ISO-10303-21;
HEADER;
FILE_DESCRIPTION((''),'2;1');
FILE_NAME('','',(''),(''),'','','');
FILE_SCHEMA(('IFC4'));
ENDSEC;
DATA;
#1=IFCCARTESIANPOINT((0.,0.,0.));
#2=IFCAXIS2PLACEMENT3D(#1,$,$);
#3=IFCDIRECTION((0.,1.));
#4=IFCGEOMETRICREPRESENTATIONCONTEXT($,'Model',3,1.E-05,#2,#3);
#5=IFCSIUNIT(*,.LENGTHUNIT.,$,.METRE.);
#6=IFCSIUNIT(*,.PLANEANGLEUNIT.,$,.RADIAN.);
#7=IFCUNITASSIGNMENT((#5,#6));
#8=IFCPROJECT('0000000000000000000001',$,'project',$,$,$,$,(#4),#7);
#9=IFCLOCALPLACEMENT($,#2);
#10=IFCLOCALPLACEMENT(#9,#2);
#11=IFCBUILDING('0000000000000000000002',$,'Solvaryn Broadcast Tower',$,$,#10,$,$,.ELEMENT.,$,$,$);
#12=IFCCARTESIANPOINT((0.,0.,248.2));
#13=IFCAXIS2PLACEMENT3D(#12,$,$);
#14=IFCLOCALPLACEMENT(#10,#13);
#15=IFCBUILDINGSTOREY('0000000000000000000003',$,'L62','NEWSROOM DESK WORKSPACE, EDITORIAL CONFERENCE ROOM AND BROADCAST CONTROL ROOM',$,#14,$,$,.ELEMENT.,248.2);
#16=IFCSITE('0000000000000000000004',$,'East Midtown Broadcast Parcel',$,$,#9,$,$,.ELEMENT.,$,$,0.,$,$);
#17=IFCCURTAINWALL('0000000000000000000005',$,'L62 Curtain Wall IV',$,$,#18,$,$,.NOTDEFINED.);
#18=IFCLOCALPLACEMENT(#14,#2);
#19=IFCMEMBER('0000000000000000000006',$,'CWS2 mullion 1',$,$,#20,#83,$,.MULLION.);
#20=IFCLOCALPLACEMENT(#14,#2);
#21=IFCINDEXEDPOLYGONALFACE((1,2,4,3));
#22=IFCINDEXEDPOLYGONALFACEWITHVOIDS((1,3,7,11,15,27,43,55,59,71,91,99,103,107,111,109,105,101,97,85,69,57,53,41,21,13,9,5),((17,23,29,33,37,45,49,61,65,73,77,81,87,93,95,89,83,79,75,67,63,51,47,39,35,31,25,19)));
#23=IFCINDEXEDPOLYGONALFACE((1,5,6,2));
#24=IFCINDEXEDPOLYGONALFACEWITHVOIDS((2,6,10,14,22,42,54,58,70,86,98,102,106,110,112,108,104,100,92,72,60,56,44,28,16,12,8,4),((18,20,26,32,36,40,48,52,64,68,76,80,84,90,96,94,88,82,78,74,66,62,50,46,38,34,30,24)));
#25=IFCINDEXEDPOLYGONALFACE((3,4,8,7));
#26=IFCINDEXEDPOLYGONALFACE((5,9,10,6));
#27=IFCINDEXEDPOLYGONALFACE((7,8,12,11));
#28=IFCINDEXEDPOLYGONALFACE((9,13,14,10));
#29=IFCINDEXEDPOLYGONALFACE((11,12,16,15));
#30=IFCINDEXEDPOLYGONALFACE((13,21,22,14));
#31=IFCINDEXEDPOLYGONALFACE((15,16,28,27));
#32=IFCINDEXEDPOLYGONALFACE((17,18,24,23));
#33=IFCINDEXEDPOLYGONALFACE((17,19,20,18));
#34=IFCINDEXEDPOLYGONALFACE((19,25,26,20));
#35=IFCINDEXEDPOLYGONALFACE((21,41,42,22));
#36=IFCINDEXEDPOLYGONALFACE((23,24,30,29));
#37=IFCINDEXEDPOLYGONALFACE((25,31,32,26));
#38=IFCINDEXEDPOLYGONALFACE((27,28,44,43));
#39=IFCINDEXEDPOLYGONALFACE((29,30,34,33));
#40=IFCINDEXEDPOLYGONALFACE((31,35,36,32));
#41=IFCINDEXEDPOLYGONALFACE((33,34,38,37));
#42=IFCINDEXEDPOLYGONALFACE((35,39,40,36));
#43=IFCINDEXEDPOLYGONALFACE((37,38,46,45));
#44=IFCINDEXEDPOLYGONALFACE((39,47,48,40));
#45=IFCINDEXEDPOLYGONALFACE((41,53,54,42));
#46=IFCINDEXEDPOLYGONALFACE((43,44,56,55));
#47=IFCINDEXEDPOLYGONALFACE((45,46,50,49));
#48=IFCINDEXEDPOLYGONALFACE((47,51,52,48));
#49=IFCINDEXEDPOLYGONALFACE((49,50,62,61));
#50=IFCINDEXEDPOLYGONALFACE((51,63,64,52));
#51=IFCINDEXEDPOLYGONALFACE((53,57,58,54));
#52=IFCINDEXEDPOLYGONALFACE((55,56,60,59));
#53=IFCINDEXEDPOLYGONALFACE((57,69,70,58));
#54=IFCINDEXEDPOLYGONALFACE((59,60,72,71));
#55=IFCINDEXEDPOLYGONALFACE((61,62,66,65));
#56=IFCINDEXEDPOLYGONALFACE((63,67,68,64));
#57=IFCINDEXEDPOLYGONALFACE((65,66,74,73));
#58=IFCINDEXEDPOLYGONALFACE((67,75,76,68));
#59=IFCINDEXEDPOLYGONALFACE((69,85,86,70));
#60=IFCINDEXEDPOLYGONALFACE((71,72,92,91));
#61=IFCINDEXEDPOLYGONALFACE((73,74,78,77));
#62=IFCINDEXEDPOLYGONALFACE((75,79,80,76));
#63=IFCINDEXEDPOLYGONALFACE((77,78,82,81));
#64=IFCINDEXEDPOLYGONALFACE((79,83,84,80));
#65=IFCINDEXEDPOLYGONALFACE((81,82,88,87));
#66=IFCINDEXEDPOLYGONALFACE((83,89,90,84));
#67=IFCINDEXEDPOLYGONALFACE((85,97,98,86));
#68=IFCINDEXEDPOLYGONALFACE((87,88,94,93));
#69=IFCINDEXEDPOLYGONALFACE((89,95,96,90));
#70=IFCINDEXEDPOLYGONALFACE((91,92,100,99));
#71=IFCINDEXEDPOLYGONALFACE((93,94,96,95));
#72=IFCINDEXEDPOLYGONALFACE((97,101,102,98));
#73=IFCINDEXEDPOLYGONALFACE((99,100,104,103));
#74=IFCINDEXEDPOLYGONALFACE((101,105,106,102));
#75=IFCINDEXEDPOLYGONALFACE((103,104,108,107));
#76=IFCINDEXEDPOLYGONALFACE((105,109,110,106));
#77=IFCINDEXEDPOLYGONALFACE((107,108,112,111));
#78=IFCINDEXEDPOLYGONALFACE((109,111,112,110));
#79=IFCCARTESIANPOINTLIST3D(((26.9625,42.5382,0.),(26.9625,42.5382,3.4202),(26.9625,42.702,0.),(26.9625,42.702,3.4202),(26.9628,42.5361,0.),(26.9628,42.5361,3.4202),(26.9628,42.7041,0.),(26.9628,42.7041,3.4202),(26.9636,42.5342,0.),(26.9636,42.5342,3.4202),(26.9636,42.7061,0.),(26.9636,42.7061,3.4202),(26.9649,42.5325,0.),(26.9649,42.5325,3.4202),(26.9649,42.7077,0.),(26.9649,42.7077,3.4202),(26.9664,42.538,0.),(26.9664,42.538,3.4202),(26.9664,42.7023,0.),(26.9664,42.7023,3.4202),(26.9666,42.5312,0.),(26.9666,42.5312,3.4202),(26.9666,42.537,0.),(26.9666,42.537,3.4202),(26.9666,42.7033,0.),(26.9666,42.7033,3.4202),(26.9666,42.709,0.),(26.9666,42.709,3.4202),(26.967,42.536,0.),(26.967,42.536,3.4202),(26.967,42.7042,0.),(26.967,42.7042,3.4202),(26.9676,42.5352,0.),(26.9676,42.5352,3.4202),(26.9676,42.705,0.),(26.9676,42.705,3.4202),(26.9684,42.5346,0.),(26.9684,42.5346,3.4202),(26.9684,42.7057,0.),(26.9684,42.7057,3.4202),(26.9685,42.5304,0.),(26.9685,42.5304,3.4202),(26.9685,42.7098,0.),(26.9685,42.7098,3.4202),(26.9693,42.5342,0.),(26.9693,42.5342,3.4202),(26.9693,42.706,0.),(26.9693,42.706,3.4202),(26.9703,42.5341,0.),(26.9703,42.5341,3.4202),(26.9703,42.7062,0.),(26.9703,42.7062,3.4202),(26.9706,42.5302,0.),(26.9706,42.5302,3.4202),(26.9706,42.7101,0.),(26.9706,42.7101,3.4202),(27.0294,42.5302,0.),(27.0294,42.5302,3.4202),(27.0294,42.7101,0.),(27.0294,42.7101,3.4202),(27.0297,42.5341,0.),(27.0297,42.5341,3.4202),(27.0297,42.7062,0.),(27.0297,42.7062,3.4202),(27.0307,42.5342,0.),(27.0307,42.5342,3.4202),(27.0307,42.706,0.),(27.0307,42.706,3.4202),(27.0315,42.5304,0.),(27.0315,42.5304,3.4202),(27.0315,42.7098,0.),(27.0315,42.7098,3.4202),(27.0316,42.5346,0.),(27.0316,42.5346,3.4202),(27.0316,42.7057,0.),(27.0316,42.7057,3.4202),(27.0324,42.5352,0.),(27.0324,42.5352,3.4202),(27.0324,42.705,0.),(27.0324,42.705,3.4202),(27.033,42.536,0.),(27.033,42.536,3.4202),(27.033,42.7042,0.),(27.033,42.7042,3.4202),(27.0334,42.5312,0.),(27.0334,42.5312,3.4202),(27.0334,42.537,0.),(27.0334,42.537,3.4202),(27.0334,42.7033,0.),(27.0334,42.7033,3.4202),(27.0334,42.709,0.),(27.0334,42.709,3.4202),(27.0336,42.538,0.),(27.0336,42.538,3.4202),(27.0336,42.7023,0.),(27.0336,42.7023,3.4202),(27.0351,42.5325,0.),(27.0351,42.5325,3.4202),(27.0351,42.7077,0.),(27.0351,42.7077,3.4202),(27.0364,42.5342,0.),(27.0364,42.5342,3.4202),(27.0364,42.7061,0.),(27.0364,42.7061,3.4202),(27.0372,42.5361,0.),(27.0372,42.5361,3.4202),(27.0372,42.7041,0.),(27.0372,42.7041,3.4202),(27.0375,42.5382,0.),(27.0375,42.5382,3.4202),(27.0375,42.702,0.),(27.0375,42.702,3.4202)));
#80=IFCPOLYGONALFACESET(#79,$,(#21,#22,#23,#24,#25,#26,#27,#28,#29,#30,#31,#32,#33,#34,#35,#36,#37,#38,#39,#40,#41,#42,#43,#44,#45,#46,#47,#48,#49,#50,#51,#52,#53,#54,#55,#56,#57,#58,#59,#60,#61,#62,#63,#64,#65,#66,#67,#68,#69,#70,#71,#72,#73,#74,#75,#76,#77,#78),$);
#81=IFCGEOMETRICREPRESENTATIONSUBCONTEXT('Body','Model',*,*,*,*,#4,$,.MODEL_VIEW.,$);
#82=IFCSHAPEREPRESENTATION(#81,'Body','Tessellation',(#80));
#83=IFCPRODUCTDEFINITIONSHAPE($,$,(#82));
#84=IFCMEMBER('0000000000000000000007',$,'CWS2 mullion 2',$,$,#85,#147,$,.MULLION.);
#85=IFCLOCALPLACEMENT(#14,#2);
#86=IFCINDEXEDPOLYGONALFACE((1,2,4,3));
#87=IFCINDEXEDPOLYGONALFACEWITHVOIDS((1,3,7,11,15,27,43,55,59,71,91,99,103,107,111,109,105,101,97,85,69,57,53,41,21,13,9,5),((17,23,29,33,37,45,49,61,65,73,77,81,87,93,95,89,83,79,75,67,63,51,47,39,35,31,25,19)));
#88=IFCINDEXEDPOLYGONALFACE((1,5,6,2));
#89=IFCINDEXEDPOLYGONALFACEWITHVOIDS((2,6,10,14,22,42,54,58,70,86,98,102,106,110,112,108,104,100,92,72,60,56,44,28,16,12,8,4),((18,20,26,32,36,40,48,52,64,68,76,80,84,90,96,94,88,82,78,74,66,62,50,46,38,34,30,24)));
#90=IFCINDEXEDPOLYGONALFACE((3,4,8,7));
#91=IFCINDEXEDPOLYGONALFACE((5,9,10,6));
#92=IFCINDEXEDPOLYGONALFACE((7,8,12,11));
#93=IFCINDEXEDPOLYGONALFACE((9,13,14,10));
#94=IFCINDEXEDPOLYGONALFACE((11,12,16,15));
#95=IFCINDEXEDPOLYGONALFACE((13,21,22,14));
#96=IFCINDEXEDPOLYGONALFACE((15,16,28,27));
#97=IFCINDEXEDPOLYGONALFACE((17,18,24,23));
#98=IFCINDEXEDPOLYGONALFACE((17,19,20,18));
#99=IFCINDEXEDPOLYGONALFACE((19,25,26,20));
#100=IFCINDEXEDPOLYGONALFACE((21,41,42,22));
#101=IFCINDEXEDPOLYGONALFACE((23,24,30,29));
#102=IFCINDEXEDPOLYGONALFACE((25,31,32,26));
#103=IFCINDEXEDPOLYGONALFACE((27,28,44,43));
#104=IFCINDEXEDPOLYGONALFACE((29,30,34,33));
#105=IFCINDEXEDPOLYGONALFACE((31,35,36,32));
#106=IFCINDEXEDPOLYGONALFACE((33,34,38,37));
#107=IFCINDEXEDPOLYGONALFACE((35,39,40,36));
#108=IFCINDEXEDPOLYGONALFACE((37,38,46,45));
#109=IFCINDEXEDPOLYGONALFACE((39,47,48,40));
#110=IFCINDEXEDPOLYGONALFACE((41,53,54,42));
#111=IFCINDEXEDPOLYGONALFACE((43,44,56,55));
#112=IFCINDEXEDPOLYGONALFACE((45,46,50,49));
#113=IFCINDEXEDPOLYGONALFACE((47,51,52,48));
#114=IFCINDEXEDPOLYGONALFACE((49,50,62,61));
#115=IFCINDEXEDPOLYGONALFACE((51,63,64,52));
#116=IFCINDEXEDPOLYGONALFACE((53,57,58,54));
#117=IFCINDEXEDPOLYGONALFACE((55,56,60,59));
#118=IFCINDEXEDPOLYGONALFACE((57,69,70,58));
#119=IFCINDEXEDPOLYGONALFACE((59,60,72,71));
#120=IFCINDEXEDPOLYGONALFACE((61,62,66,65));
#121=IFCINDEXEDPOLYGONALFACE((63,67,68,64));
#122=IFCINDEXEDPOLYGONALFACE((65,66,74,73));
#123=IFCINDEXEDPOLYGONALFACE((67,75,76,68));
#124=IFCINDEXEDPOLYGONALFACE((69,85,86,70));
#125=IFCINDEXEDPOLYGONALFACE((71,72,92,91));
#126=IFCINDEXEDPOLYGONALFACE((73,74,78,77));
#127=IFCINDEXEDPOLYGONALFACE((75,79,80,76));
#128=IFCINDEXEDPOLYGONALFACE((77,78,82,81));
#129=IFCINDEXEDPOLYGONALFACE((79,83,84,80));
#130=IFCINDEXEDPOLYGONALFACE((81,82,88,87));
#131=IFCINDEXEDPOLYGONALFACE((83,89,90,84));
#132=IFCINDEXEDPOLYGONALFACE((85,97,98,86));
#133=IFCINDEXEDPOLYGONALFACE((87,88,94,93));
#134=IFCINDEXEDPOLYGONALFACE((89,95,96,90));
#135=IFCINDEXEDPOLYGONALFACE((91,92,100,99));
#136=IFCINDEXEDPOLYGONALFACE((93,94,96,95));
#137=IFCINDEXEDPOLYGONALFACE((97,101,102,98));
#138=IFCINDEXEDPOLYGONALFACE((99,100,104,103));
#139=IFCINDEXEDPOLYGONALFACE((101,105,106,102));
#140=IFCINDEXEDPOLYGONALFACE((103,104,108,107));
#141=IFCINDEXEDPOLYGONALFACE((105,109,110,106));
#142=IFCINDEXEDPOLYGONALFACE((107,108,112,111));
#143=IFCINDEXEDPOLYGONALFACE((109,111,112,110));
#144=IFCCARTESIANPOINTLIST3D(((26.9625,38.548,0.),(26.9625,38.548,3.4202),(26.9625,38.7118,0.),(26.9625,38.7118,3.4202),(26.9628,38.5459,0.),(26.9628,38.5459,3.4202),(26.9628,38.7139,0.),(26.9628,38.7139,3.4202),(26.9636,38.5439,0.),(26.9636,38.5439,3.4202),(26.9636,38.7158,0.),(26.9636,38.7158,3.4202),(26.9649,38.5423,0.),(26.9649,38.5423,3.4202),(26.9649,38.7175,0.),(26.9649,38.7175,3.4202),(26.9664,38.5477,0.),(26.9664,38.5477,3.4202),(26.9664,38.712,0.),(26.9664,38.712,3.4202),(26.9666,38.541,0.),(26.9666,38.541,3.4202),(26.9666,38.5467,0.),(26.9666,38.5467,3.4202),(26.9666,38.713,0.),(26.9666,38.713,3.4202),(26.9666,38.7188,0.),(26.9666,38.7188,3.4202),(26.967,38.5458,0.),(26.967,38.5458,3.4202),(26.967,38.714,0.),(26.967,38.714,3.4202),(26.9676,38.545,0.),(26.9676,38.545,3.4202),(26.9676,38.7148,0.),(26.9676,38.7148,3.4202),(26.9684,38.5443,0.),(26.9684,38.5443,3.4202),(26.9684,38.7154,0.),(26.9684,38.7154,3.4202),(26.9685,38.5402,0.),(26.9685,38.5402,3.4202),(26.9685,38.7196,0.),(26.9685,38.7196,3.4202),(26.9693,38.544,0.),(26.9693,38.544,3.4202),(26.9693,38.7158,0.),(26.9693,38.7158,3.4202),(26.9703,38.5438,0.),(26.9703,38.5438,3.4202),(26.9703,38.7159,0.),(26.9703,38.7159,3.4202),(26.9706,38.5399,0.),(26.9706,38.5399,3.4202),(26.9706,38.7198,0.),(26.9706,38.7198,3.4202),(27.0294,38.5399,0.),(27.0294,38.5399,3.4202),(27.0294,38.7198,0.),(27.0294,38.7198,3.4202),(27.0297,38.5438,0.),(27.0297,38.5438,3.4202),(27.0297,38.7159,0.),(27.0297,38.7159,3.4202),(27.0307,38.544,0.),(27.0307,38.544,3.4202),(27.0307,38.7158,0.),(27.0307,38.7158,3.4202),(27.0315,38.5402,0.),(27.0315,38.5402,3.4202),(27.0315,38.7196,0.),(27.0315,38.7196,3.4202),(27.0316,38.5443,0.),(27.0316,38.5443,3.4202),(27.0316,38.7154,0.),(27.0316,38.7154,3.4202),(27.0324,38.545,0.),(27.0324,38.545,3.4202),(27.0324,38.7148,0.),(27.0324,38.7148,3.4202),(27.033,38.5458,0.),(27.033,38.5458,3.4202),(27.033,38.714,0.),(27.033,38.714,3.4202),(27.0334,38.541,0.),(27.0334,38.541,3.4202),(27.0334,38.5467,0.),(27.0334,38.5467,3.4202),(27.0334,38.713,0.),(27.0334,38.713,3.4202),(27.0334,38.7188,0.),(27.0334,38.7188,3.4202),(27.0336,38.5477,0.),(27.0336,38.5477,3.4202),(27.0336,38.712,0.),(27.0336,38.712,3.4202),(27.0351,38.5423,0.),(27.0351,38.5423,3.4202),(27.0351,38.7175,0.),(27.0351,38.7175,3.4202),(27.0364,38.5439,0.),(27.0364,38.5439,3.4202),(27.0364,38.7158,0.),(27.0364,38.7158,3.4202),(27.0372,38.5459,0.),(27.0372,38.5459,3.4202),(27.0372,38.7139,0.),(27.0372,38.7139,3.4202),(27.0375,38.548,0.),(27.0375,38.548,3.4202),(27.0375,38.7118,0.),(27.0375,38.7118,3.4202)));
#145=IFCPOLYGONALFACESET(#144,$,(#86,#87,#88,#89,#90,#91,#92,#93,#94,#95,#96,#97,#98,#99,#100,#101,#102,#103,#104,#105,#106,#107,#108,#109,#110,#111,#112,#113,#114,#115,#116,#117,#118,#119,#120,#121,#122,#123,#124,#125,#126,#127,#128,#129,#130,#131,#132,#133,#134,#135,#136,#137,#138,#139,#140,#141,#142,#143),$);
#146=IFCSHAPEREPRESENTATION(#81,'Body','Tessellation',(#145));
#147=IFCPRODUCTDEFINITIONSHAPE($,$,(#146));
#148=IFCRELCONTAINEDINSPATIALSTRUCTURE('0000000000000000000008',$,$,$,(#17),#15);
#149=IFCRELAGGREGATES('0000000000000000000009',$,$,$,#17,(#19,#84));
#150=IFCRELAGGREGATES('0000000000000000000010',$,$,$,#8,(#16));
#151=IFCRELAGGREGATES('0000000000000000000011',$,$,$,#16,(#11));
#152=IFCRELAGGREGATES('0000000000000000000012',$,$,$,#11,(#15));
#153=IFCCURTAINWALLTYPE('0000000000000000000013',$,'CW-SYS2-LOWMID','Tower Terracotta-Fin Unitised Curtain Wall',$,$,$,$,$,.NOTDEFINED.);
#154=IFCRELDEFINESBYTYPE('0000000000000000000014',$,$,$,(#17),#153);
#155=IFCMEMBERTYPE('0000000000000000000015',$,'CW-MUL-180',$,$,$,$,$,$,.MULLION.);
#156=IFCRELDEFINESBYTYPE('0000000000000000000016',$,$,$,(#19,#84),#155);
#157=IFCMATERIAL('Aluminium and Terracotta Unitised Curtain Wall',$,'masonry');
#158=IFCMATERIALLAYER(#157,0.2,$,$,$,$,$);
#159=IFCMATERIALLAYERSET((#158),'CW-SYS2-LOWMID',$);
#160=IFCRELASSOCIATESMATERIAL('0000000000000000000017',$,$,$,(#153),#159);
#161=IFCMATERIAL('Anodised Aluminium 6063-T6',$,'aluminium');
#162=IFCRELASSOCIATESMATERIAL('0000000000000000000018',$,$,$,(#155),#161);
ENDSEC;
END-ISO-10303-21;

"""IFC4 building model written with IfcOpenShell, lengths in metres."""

from ifc_helpers import new_model, si_unit, direction, frame, origin, origin_2d, place, context, subcontext, project, spatial, hollow_rectangle, extrude, material, layer, layer_set, material_profile, profile_set, type_object, element, aggregate, save


model = new_model("IFC4")

# Units and contexts
model_context = context("Model", 3, precision=1e-05, world=origin(), true_north=direction((0.0, 1.0)))
body_context = subcontext(model_context, "Body", "Model", "MODEL_VIEW")
ifc_project = project(units=[si_unit("LENGTHUNIT", "METRE"), si_unit("PLANEANGLEUNIT", "RADIAN")], contexts=[model_context])

# Site, building, storey
site_placement = place(None, origin())
site = spatial("IfcSite", under=ifc_project, at=site_placement, Name="East Midtown Broadcast Parcel", CompositionType="ELEMENT", RefElevation=0.0)
building_placement = place(site_placement, origin())
building = spatial("IfcBuilding", under=site, at=building_placement, Name="Solvaryn Broadcast Tower", CompositionType="ELEMENT")
storey_placement = place(building_placement, frame((0.0, 0.0, 248.2)))
storey = spatial("IfcBuildingStorey", under=building, at=storey_placement, Name="L62", Description="NEWSROOM DESK WORKSPACE, EDITORIAL CONFERENCE ROOM AND BROADCAST CONTROL ROOM", CompositionType="ELEMENT", Elevation=248.2)

# Curtain wall, members
ifc_material_1 = material(Name="Aluminium and Terracotta Unitised Curtain Wall", Category="masonry")
ifc_layer_1 = layer(ifc_material_1, 0.2)
ifc_layer_set_1 = layer_set([ifc_layer_1], Name="CW-SYS2-LOWMID")
curtain_wall_type = type_object("IfcCurtainWallType", Name="CW-SYS2-LOWMID", Description="Tower Terracotta-Fin Unitised Curtain Wall", PredefinedType="NOTDEFINED", material=ifc_layer_set_1)
curtain_wall_1_placement = place(storey_placement, origin())
curtain_wall_1 = element("IfcCurtainWall", 1, at=curtain_wall_1_placement, inside=storey, type_object=curtain_wall_type, Name="L62 Curtain Wall IV", PredefinedType="NOTDEFINED")
ifc_material_2 = material(Name="Anodised Aluminium 6063-T6", Category="aluminium")
ifc_material_profile_1 = material_profile(ifc_material_2, hollow_rectangle(XDim=0.075, YDim=0.1799, WallThickness=0.0039, InnerFilletRadius=0.0039, OuterFilletRadius=0.0081, at=origin_2d()))
ifc_profile_set_1 = profile_set([ifc_material_profile_1], Name="Anodised Aluminium 6063-T6")
member_type_1 = type_object("IfcMemberType", Name="CW-MUL-180", PredefinedType="MULLION", material=ifc_profile_set_1)
member_1_placement = place(storey_placement, frame((27.0, 42.6201, 0.0), z_axis=(0.0, 0.0, 1.0), x_axis=(1.0, 0.0, 0.0)))
member_1 = element("IfcMember", 2, at=member_1_placement, type_object=member_type_1, Name="CWS2 mullion 1", PredefinedType="MULLION", context=body_context, shape_type="SweptSolid", body=[
    extrude(hollow_rectangle(XDim=0.075, YDim=0.1799, WallThickness=0.0039, InnerFilletRadius=0.0039, OuterFilletRadius=0.0081, at=origin_2d()), origin(), (0.0, 0.0, 1.0), 3.4202),
])
member_2_placement = place(storey_placement, frame((27.0, 38.6299, 0.0), z_axis=(0.0, 0.0, 1.0), x_axis=(1.0, 0.0, 0.0)))
member_2 = element("IfcMember", 3, at=member_2_placement, type_object=member_type_1, Name="CWS2 mullion 2", PredefinedType="MULLION", context=body_context, shape_type="SweptSolid", body=[
    extrude(hollow_rectangle(XDim=0.075, YDim=0.1799, WallThickness=0.0039, InnerFilletRadius=0.0039, OuterFilletRadius=0.0081, at=origin_2d()), origin(), (0.0, 0.0, 1.0), 3.4202),
])

aggregate(curtain_wall_1, [member_1, member_2])

save(model, "model.ifc")
